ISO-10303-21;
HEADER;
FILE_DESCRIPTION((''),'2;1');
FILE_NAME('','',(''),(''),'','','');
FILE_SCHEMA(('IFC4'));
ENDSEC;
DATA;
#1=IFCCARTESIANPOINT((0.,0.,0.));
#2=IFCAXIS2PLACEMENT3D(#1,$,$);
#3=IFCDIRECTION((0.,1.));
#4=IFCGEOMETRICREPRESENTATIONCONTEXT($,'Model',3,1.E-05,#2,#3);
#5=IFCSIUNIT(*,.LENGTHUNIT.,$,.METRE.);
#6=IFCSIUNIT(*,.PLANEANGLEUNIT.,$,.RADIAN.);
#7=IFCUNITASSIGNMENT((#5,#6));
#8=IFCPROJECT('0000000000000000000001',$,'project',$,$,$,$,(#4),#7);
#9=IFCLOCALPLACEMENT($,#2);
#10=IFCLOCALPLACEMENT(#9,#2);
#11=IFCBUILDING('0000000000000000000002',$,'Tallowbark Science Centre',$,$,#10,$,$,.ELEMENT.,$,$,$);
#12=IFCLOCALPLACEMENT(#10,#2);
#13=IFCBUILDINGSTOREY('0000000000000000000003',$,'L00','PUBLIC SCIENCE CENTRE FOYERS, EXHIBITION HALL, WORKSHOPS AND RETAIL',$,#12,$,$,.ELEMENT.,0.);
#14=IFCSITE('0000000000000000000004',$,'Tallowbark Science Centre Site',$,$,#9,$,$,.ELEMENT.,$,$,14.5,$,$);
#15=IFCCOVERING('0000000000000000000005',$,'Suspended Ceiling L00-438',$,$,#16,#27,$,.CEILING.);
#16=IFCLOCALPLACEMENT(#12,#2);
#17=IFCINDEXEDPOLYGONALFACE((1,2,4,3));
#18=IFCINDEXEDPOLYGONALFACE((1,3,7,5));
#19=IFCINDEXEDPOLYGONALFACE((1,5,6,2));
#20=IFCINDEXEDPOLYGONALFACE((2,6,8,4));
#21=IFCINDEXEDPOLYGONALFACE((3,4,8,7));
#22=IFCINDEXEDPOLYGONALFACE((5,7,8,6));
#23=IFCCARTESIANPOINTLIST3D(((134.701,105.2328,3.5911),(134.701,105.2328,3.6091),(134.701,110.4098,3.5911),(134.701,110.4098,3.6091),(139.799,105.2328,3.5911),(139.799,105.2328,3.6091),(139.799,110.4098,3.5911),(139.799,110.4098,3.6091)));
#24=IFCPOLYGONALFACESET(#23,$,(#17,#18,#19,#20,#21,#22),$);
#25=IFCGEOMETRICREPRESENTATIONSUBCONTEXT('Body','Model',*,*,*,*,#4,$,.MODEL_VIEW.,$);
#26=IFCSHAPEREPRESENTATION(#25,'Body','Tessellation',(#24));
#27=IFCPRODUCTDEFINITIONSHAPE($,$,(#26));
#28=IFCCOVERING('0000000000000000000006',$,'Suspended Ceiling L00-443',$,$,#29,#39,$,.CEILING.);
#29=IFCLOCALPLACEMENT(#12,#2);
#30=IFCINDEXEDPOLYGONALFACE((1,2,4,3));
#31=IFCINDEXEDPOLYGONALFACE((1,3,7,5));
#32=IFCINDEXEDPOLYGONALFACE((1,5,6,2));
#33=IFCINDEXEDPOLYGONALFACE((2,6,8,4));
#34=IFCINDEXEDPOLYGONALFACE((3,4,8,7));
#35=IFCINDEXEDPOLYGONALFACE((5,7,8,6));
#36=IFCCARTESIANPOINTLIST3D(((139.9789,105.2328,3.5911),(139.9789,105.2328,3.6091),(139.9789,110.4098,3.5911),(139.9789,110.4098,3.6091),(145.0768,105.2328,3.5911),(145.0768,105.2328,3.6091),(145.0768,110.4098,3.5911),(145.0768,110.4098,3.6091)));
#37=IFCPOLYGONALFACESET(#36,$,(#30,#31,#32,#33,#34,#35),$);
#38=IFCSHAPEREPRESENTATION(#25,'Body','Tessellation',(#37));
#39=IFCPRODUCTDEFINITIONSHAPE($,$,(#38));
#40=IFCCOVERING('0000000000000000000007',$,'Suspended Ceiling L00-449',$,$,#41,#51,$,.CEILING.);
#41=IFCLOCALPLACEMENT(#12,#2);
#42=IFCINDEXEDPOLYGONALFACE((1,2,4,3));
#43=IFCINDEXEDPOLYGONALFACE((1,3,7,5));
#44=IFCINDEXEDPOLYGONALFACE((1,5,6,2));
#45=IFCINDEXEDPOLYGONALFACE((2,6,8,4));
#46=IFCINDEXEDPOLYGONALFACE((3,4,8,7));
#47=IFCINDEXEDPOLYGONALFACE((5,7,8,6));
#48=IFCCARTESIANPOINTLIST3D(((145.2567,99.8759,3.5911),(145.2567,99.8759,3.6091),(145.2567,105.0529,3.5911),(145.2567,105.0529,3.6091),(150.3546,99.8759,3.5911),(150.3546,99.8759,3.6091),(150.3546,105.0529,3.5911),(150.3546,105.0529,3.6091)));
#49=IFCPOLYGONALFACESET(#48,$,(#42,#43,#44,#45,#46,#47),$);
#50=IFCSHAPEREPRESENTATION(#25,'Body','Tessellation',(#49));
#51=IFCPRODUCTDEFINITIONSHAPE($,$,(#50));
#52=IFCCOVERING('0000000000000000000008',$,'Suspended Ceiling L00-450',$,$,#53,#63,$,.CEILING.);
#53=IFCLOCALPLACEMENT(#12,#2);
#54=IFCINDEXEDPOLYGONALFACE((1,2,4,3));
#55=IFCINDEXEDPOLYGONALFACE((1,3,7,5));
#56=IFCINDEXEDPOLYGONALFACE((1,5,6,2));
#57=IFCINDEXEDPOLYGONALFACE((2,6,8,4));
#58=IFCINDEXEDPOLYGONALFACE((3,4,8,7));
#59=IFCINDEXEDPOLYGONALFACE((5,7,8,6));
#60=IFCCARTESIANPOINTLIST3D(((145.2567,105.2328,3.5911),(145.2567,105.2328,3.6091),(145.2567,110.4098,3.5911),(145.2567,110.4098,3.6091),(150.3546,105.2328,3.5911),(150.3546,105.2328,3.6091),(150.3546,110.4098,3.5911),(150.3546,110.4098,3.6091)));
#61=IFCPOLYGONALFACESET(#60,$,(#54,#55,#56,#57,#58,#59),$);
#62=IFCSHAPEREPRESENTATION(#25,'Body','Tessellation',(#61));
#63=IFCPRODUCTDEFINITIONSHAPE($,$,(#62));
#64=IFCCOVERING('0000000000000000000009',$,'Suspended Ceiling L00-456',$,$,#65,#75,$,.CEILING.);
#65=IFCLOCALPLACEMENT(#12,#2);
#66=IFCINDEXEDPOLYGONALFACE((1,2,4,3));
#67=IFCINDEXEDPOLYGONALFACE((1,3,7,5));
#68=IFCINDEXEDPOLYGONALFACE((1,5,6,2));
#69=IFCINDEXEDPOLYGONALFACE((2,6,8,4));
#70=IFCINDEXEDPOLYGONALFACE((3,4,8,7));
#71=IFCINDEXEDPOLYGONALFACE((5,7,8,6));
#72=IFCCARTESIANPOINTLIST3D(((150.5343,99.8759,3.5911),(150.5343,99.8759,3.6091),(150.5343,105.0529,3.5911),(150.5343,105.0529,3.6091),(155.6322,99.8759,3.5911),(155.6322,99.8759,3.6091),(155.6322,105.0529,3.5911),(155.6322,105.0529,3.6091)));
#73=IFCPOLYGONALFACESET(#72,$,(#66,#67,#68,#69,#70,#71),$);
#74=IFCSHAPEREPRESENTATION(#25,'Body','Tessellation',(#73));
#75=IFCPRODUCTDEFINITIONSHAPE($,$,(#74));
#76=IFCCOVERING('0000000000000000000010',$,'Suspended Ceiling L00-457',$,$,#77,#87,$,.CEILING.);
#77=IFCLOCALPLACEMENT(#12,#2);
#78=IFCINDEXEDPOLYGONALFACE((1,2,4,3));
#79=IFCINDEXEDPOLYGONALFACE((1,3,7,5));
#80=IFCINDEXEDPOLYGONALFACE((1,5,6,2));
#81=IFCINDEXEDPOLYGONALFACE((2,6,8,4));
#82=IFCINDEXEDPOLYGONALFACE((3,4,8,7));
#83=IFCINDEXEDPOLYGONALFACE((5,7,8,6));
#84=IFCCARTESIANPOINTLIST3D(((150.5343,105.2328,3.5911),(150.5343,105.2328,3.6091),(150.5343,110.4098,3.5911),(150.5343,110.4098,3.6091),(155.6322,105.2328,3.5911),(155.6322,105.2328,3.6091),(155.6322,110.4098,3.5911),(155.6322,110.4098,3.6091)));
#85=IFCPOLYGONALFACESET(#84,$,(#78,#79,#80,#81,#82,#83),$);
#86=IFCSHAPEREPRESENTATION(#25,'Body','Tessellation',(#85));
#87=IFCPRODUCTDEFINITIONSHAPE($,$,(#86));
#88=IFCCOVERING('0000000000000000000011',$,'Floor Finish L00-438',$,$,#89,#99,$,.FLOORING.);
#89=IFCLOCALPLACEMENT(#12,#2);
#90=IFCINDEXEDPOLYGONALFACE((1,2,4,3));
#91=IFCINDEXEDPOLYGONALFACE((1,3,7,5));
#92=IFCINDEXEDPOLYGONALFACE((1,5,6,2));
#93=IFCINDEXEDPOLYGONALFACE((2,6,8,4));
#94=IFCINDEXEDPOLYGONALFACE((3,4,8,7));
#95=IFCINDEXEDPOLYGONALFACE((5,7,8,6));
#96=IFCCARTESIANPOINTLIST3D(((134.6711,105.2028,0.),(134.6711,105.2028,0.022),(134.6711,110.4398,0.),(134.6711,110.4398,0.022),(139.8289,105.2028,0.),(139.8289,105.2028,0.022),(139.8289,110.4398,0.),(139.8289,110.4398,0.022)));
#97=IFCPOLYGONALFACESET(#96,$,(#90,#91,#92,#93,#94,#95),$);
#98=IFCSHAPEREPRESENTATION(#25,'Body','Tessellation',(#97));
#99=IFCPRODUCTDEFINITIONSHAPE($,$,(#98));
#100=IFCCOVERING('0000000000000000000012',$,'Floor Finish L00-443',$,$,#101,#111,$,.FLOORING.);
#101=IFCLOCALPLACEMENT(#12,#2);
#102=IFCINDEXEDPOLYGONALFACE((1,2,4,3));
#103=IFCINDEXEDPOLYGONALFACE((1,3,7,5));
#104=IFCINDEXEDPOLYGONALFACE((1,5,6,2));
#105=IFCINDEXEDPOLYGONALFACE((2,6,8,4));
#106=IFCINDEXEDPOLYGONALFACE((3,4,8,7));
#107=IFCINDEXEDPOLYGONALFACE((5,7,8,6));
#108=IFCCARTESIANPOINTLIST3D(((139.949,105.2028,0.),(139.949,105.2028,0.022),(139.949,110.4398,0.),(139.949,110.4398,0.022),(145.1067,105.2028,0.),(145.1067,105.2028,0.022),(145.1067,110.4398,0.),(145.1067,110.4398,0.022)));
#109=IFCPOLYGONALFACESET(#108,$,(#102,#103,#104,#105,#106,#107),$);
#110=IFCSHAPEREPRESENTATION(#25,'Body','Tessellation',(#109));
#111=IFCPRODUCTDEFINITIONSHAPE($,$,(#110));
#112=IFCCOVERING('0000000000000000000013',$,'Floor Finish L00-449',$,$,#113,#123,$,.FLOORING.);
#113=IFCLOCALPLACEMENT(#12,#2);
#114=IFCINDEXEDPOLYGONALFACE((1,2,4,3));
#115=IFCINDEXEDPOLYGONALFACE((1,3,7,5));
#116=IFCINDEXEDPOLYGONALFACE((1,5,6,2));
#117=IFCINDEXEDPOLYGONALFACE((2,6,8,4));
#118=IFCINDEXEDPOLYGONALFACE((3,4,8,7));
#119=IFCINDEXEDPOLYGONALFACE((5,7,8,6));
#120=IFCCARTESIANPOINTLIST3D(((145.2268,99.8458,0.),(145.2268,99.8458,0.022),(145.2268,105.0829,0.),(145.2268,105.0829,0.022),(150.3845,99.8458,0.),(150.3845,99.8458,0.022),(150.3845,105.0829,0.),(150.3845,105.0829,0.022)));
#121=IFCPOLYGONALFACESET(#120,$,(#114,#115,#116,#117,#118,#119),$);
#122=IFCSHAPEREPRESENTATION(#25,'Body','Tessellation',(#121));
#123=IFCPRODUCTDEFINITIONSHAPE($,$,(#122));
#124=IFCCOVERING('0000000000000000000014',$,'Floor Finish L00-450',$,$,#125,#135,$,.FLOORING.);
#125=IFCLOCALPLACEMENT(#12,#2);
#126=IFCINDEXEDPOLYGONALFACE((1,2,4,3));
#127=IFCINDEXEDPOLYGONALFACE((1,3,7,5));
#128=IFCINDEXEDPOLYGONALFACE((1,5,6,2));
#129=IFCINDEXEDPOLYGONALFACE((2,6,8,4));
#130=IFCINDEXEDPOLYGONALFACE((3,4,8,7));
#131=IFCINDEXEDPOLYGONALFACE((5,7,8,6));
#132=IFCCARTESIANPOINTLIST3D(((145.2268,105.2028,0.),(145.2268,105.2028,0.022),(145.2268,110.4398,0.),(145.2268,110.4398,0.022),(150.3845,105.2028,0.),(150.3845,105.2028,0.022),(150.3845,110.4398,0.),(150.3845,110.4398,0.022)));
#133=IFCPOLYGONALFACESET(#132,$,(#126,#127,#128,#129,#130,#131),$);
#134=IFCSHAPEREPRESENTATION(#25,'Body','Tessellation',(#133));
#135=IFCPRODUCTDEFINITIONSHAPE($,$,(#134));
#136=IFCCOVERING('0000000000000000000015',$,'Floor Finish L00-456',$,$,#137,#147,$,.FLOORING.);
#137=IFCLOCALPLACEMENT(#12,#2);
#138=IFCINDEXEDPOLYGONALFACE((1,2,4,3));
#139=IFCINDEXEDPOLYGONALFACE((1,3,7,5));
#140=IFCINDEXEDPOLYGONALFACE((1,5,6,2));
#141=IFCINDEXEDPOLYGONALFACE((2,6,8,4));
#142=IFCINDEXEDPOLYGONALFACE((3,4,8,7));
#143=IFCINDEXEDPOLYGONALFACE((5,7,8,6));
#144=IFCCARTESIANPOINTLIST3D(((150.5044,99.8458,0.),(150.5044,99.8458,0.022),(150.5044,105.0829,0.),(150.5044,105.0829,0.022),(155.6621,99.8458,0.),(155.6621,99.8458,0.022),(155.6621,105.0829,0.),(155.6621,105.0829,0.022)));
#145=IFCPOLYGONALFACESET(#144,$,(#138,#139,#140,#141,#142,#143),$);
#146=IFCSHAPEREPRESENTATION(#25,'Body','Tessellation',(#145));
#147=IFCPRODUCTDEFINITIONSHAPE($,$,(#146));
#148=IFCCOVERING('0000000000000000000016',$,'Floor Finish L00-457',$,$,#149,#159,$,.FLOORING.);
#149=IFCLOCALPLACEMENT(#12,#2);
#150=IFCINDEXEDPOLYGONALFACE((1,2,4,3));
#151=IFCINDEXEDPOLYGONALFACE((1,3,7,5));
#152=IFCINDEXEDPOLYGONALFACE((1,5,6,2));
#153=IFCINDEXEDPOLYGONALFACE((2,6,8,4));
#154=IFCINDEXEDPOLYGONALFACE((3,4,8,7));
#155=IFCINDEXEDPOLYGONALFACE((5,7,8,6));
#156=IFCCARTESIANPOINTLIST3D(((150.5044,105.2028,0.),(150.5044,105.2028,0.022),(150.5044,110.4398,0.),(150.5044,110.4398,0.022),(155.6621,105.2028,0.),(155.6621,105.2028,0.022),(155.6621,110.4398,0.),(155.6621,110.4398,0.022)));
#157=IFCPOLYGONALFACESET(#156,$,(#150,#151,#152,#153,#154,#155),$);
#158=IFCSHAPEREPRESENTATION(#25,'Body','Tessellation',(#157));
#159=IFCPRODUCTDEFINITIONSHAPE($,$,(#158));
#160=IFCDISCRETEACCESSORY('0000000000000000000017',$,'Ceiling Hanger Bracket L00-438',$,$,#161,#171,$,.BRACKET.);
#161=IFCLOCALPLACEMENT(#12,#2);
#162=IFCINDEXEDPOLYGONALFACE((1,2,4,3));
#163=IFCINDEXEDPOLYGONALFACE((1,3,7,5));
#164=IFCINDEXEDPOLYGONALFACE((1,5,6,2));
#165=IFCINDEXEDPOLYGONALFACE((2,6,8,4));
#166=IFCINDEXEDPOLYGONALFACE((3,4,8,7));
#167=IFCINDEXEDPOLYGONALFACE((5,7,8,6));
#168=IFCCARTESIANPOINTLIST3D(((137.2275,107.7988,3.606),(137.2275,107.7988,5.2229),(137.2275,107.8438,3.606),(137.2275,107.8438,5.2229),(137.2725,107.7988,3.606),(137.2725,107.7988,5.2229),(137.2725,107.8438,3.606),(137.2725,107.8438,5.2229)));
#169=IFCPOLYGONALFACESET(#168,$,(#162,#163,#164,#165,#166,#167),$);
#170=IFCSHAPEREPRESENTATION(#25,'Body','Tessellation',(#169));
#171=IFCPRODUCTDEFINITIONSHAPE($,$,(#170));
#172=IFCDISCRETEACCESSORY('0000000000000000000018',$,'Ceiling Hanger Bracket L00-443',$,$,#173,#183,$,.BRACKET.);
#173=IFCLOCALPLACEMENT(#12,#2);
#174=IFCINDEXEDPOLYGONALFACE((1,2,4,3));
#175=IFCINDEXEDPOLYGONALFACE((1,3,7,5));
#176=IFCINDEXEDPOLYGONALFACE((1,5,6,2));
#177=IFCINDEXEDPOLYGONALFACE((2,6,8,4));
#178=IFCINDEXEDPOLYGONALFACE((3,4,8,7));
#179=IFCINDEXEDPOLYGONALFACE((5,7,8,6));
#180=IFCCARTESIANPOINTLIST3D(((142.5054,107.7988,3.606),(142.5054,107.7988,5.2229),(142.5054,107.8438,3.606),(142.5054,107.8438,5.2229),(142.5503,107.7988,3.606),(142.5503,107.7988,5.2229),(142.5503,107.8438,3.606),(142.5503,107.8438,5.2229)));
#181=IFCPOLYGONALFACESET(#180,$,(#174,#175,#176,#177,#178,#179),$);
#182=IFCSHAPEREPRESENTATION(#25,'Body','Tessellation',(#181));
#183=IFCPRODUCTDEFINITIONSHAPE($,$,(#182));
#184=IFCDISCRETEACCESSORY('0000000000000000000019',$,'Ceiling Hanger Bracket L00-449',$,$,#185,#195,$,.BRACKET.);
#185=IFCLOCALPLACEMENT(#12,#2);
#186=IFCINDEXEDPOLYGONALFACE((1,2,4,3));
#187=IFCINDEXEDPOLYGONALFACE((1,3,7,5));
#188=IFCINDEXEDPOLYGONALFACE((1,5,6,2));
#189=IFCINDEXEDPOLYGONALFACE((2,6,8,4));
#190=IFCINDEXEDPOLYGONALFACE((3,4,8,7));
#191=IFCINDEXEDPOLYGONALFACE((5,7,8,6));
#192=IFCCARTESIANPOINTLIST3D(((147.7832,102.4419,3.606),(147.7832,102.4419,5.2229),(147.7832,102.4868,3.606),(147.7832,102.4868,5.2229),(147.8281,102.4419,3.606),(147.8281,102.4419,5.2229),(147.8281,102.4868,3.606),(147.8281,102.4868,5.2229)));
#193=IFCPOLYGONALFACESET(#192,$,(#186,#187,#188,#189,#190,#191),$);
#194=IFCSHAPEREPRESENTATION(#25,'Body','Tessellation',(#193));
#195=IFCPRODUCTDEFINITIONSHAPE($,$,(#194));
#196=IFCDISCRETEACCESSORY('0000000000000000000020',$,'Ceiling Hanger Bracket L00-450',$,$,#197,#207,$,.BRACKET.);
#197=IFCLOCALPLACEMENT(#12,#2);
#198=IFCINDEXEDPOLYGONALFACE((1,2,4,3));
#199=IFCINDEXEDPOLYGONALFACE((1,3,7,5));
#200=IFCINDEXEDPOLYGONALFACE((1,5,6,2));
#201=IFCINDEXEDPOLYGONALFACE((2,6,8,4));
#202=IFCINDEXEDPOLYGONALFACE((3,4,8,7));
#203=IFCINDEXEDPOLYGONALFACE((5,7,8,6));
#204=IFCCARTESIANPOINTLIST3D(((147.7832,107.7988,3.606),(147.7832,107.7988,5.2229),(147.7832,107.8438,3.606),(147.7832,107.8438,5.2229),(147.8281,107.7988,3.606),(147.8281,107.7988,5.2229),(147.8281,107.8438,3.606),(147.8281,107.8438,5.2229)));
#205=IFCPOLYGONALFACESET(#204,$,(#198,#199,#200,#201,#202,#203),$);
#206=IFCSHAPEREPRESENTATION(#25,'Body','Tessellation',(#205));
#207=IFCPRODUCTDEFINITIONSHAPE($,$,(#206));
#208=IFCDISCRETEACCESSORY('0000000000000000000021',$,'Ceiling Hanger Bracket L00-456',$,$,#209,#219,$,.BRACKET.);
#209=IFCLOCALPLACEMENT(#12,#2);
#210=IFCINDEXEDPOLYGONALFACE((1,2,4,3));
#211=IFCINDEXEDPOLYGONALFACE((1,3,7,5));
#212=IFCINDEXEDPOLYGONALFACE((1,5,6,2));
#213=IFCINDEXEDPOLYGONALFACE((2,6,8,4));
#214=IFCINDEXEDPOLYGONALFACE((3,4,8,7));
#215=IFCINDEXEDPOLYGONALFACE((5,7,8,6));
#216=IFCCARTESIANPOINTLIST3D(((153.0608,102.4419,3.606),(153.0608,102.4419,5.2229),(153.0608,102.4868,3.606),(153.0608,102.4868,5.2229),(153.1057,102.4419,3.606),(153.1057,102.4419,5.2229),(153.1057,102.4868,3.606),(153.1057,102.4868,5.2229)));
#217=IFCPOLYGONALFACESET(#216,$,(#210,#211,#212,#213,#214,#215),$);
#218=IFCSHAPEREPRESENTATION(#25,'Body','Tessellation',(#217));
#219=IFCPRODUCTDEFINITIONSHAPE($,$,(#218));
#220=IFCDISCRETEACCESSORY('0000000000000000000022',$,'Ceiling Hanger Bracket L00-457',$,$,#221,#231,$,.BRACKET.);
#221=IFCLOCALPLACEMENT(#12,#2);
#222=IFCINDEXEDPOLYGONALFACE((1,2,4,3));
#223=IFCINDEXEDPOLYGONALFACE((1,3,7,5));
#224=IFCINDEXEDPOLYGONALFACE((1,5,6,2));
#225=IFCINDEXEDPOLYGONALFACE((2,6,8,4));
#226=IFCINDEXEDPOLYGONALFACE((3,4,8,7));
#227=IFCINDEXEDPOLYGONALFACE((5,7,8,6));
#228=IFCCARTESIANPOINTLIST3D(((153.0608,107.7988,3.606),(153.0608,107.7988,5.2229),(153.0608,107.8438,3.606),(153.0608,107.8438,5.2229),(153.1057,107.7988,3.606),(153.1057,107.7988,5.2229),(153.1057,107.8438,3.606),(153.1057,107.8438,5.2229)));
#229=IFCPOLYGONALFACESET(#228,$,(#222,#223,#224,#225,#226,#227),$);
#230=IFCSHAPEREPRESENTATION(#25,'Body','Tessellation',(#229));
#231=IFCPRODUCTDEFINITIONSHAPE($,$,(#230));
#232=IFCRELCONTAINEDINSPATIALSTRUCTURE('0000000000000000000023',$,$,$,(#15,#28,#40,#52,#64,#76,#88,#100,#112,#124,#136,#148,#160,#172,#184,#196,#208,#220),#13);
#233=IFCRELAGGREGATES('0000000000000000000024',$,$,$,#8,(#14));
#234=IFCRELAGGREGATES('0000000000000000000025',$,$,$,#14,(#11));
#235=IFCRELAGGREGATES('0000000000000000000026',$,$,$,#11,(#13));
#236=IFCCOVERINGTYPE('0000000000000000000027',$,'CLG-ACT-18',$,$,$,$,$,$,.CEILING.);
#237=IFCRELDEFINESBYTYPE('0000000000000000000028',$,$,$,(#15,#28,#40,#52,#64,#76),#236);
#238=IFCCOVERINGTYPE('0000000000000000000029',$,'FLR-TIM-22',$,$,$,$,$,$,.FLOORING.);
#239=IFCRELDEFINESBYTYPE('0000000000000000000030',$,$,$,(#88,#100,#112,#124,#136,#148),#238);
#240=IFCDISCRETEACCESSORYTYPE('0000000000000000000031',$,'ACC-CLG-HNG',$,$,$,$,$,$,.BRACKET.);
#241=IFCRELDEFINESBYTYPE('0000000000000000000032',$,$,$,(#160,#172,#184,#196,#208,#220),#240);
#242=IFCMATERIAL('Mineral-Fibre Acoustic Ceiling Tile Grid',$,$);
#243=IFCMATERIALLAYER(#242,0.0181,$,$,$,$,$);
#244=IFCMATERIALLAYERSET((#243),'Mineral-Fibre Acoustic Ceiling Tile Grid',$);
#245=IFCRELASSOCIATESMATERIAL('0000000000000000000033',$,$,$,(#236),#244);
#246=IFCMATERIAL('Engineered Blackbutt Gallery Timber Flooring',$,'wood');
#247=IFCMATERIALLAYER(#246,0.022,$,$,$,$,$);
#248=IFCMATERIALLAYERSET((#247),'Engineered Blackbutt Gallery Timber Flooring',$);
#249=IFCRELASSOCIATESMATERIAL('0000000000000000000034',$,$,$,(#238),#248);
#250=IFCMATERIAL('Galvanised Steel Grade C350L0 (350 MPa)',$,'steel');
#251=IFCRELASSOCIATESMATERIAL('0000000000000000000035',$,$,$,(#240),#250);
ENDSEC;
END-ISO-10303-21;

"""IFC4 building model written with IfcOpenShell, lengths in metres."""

from ifc_helpers import new_model, si_unit, direction, frame, origin, origin_2d, place, context, subcontext, project, spatial, rectangle, extrude, material, layer, layer_set, type_object, element, save


model = new_model("IFC4")

# Units and contexts
model_context = context("Model", 3, precision=1e-05, world=origin(), true_north=direction((0.0, 1.0)))
body_context = subcontext(model_context, "Body", "Model", "MODEL_VIEW")
ifc_project = project(units=[si_unit("LENGTHUNIT", "METRE"), si_unit("PLANEANGLEUNIT", "RADIAN")], contexts=[model_context])

# Site, building, storey
site_placement = place(None, origin())
site = spatial("IfcSite", under=ifc_project, at=site_placement, Name="Tallowbark Science Centre Site", CompositionType="ELEMENT", RefElevation=14.5)
building_placement = place(site_placement, origin())
building = spatial("IfcBuilding", under=site, at=building_placement, Name="Tallowbark Science Centre", CompositionType="ELEMENT")
storey_placement = place(building_placement, origin())
storey = spatial("IfcBuildingStorey", under=building, at=storey_placement, Name="L00", Description="PUBLIC SCIENCE CENTRE FOYERS, EXHIBITION HALL, WORKSHOPS AND RETAIL", CompositionType="ELEMENT", Elevation=0.0)

# Coverings
ifc_material_1 = material(Name="Mineral-Fibre Acoustic Ceiling Tile Grid")
ifc_layer_1 = layer(ifc_material_1, 0.0181)
ifc_layer_set_1 = layer_set([ifc_layer_1], Name="Mineral-Fibre Acoustic Ceiling Tile Grid")
covering_type_1 = type_object("IfcCoveringType", Name="CLG-ACT-18", PredefinedType="CEILING", material=ifc_layer_set_1)
for number, where, z_axis, x_axis, name in (
    (1, (137.25, 107.8213, 3.5911), (0.0, 0.0, 1.0), (1.0, 0.0, 0.0), "Suspended Ceiling L00-438"),
    (2, (142.5278, 107.8213, 3.5911), (0.0, 0.0, 1.0), (1.0, 0.0, 0.0), "Suspended Ceiling L00-443"),
    (3, (147.8057, 102.4644, 3.5911), (0.0, 0.0, 1.0), (1.0, 0.0, 0.0), "Suspended Ceiling L00-449"),
    (4, (147.8057, 107.8213, 3.5911), (0.0, 0.0, 1.0), (1.0, 0.0, 0.0), "Suspended Ceiling L00-450"),
    (5, (153.0833, 102.4644, 3.5911), (0.0, 0.0, 1.0), (1.0, 0.0, 0.0), "Suspended Ceiling L00-456"),
    (6, (153.0833, 107.8213, 3.5911), (0.0, 0.0, 1.0), (1.0, 0.0, 0.0), "Suspended Ceiling L00-457"),
):
    element("IfcCovering", number, at=place(storey_placement, frame(where, z_axis=z_axis, x_axis=x_axis)), inside=storey, type_object=covering_type_1, Name=name, PredefinedType="CEILING", context=body_context, shape_type="SweptSolid", body=[
        extrude(rectangle(XDim=5.0979, YDim=5.177, at=origin_2d()), origin(), (0.0, 0.0, 1.0), 0.0181),
    ])
ifc_material_2 = material(Name="Engineered Blackbutt Gallery Timber Flooring", Category="wood")
ifc_layer_2 = layer(ifc_material_2, 0.022)
ifc_layer_set_2 = layer_set([ifc_layer_2], Name="Engineered Blackbutt Gallery Timber Flooring")
covering_type_2 = type_object("IfcCoveringType", Name="FLR-TIM-22", PredefinedType="FLOORING", material=ifc_layer_set_2)
for number, where, z_axis, x_axis, name in (
    (7, (137.25, 107.8213, 0.0), (0.0, 0.0, 1.0), (1.0, 0.0, 0.0), "Floor Finish L00-438"),
    (8, (142.5278, 107.8213, 0.0), (0.0, 0.0, 1.0), (1.0, 0.0, 0.0), "Floor Finish L00-443"),
    (9, (147.8057, 102.4644, 0.0), (0.0, 0.0, 1.0), (1.0, 0.0, 0.0), "Floor Finish L00-449"),
    (10, (147.8057, 107.8213, 0.0), (0.0, 0.0, 1.0), (1.0, 0.0, 0.0), "Floor Finish L00-450"),
    (11, (153.0833, 102.4644, 0.0), (0.0, 0.0, 1.0), (1.0, 0.0, 0.0), "Floor Finish L00-456"),
    (12, (153.0833, 107.8213, 0.0), (0.0, 0.0, 1.0), (1.0, 0.0, 0.0), "Floor Finish L00-457"),
):
    element("IfcCovering", number, at=place(storey_placement, frame(where, z_axis=z_axis, x_axis=x_axis)), inside=storey, type_object=covering_type_2, Name=name, PredefinedType="FLOORING", context=body_context, shape_type="SweptSolid", body=[
        extrude(rectangle(XDim=5.1577, YDim=5.2371, at=origin_2d()), origin(), (0.0, 0.0, 1.0), 0.022),
    ])

# Discrete accessories
ifc_material_3 = material(Name="Galvanised Steel Grade C350L0 (350 MPa)", Category="steel")
discrete_accessory_type = type_object("IfcDiscreteAccessoryType", Name="ACC-CLG-HNG", PredefinedType="BRACKET", material=ifc_material_3)
for number, where, z_axis, x_axis, name in (
    (13, (137.25, 107.8213, 3.606), (0.0, 0.0, 1.0), (1.0, 0.0, 0.0), "Ceiling Hanger Bracket L00-438"),
    (14, (142.5278, 107.8213, 3.606), (0.0, 0.0, 1.0), (1.0, 0.0, 0.0), "Ceiling Hanger Bracket L00-443"),
    (15, (147.8057, 102.4644, 3.606), (0.0, 0.0, 1.0), (1.0, 0.0, 0.0), "Ceiling Hanger Bracket L00-449"),
    (16, (147.8057, 107.8213, 3.606), (0.0, 0.0, 1.0), (1.0, 0.0, 0.0), "Ceiling Hanger Bracket L00-450"),
    (17, (153.0833, 102.4644, 3.606), (0.0, 0.0, 1.0), (1.0, 0.0, 0.0), "Ceiling Hanger Bracket L00-456"),
    (18, (153.0833, 107.8213, 3.606), (0.0, 0.0, 1.0), (1.0, 0.0, 0.0), "Ceiling Hanger Bracket L00-457"),
):
    element("IfcDiscreteAccessory", number, at=place(storey_placement, frame(where, z_axis=z_axis, x_axis=x_axis)), inside=storey, type_object=discrete_accessory_type, Name=name, PredefinedType="BRACKET", context=body_context, shape_type="SweptSolid", body=[
        extrude(rectangle(XDim=0.0449, YDim=0.0449, at=origin_2d()), origin(), (0.0, 0.0, 1.0), 1.6169),
    ])

save(model, "model.ifc")
